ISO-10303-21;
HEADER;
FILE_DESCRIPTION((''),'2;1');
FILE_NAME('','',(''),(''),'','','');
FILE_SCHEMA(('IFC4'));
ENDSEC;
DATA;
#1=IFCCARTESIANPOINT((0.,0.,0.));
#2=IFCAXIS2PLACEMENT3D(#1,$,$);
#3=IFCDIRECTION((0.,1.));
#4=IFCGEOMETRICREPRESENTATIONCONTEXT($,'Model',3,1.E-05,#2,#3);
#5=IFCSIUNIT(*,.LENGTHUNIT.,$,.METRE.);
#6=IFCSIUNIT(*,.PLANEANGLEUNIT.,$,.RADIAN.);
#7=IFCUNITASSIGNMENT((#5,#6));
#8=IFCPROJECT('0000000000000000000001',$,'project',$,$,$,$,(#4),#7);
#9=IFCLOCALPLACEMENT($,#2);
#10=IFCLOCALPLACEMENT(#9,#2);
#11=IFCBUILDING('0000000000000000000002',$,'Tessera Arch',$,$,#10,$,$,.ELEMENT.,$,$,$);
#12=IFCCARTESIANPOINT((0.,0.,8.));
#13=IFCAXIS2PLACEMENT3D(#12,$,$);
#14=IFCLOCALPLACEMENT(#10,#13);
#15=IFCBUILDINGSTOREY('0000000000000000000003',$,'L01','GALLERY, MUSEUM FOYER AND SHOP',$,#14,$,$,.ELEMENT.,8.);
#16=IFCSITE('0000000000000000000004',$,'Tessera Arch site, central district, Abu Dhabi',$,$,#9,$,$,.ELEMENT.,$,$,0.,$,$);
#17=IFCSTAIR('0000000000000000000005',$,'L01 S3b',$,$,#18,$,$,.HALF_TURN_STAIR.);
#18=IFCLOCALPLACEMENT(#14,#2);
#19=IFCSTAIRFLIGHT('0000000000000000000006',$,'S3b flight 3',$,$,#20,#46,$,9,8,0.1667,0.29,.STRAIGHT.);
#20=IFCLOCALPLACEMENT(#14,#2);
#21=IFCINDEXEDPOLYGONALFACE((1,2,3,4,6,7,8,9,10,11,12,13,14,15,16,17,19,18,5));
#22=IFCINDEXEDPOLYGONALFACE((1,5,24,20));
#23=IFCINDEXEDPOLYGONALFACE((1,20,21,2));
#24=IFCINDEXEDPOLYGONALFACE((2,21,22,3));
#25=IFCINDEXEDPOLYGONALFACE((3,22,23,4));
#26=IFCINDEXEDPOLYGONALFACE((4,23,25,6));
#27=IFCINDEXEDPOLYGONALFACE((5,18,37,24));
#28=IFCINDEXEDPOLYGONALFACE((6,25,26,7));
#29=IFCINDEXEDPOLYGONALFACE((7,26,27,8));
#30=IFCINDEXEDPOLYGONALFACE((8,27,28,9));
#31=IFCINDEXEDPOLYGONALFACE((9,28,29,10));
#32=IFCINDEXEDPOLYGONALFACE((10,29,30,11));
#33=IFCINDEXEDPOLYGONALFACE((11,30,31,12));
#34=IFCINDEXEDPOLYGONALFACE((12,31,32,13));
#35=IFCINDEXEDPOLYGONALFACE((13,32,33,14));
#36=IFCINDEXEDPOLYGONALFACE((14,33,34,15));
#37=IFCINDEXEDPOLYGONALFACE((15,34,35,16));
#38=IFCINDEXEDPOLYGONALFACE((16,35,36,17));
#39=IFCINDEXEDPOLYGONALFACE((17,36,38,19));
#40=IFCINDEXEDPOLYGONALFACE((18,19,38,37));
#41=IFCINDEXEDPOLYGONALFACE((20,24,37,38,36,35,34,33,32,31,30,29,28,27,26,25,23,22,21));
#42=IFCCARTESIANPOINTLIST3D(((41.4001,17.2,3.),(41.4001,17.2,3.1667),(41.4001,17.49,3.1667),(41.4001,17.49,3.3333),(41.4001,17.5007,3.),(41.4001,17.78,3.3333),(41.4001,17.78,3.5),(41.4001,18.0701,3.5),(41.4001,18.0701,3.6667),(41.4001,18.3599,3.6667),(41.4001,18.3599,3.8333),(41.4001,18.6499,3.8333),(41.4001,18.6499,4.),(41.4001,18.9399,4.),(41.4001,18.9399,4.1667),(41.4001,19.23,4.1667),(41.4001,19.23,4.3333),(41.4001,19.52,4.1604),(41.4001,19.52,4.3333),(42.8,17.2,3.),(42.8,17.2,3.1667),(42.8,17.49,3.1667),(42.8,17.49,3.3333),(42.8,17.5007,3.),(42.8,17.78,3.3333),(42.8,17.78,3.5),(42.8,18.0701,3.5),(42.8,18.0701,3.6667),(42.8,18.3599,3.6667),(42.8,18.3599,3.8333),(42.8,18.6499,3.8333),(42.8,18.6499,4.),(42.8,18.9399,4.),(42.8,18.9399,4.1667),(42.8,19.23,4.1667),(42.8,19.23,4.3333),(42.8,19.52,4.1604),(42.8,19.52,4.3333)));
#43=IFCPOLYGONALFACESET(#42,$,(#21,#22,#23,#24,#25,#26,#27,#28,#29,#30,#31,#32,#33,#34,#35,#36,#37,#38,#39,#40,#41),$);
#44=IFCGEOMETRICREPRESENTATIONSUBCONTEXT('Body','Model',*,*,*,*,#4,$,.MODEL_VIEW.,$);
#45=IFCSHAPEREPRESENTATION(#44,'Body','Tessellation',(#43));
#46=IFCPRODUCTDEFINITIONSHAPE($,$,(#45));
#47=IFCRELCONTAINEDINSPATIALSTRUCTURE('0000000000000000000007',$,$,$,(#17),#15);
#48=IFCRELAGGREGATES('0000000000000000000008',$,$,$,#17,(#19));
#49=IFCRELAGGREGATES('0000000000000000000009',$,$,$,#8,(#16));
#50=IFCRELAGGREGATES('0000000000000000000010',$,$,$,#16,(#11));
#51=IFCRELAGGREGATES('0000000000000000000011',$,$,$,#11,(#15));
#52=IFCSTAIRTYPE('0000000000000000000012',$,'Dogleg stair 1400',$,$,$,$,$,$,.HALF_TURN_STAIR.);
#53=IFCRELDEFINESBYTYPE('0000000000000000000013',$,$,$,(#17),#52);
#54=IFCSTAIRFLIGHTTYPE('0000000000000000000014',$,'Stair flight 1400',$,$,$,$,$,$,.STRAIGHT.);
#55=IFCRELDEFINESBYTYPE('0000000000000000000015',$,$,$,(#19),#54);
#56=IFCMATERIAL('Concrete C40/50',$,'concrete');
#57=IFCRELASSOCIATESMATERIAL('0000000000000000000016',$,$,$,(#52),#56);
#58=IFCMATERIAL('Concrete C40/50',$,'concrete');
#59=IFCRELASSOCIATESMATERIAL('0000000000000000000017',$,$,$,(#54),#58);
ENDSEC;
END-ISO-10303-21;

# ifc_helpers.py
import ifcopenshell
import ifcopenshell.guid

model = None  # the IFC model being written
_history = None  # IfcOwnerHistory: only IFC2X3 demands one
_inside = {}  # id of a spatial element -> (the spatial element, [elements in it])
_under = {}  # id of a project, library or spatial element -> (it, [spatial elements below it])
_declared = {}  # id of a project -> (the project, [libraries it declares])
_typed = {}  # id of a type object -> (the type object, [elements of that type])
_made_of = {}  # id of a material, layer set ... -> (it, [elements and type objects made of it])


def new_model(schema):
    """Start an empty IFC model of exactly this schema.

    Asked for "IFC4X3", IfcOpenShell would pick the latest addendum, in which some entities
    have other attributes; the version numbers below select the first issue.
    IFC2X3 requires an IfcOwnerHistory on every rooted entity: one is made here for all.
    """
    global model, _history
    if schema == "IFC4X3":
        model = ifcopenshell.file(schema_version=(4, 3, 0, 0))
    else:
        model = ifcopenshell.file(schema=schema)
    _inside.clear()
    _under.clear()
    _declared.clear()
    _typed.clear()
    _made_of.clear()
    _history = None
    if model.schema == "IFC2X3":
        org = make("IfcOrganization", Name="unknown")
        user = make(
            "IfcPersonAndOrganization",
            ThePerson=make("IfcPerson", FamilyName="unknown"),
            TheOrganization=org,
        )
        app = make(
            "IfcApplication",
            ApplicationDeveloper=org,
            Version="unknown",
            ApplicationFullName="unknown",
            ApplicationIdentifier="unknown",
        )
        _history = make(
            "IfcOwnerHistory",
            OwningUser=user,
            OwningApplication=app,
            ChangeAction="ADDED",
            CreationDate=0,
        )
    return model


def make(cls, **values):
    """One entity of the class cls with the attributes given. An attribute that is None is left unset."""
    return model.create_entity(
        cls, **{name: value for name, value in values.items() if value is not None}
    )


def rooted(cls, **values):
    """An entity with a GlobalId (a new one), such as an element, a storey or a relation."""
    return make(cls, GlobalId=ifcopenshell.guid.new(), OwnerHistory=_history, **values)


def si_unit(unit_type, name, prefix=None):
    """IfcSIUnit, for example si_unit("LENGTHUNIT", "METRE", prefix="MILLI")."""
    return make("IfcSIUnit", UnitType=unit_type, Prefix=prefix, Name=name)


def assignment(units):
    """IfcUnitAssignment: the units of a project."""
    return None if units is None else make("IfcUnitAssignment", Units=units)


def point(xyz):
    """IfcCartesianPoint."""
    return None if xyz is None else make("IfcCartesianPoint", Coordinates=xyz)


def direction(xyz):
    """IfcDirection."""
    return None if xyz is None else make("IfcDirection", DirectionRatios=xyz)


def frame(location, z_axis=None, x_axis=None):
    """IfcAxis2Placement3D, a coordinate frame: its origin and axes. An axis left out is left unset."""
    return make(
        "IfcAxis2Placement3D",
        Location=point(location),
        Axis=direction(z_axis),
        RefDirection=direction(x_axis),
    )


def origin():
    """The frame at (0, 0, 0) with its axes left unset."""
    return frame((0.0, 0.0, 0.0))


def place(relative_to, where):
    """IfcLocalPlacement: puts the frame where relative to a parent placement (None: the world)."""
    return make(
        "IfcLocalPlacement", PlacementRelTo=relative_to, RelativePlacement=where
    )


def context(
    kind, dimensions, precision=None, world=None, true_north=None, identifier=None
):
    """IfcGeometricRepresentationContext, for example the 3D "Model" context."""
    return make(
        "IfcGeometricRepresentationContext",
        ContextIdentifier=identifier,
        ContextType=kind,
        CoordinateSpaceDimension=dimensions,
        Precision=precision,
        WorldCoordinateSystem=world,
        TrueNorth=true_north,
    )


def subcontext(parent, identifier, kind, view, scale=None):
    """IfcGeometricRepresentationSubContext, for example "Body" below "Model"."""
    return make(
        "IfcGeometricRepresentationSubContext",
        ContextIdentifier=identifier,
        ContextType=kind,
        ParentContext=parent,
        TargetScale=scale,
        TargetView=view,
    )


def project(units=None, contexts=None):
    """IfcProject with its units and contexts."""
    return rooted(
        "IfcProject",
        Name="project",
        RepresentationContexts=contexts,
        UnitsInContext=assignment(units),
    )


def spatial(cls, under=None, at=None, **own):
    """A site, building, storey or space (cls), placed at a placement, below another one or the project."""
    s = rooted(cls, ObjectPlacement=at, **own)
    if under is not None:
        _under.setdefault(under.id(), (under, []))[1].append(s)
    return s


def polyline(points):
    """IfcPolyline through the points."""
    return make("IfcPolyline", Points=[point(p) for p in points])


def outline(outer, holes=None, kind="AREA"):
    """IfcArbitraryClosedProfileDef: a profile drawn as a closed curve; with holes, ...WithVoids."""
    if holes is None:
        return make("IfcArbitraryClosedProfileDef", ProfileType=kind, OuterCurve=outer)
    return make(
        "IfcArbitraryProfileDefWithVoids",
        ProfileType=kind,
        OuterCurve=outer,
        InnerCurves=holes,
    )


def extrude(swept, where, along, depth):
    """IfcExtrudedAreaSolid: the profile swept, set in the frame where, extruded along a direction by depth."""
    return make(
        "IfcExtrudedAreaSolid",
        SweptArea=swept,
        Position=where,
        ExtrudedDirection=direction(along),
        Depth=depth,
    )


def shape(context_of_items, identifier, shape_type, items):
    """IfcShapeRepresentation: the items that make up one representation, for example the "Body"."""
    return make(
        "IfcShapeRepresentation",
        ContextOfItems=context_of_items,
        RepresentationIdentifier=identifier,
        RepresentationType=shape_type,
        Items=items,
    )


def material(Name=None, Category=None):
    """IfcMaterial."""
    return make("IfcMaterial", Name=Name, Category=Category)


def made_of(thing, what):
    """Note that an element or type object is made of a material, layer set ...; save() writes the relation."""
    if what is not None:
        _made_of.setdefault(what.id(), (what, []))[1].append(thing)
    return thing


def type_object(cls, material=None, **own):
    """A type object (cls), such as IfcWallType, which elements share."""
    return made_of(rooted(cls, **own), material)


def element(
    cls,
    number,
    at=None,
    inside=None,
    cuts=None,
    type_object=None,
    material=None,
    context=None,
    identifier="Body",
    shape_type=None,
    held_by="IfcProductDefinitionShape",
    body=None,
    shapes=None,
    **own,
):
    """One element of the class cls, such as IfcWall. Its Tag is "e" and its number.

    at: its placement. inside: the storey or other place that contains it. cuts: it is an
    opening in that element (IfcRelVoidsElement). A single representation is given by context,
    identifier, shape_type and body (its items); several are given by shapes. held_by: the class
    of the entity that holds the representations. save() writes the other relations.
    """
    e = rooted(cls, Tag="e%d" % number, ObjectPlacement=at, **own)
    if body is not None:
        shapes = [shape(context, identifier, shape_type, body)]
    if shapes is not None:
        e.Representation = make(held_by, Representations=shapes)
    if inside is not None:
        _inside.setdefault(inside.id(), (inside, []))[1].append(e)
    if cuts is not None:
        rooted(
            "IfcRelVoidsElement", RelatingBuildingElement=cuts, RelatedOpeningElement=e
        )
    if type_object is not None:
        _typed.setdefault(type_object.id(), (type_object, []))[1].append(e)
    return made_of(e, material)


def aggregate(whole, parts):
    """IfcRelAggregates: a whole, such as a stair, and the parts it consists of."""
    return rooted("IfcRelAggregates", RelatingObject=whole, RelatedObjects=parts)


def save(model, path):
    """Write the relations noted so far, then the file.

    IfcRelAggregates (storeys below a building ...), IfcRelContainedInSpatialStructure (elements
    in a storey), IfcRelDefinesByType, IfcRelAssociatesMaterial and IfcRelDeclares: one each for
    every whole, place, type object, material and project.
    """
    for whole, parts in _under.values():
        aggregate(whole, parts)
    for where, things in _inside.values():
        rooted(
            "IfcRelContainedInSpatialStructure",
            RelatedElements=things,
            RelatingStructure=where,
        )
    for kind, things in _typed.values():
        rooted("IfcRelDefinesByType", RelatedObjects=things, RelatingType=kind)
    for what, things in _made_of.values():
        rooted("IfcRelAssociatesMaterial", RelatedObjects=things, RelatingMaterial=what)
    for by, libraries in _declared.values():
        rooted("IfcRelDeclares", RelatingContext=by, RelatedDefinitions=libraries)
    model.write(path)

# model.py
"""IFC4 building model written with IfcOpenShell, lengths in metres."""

from ifc_helpers import new_model, si_unit, direction, frame, origin, place, context, subcontext, project, spatial, polyline, outline, extrude, material, type_object, element, aggregate, save


model = new_model("IFC4")

# Units and contexts
model_context = context("Model", 3, precision=1e-05, world=origin(), true_north=direction((0.0, 1.0)))
body_context = subcontext(model_context, "Body", "Model", "MODEL_VIEW")
ifc_project = project(units=[si_unit("LENGTHUNIT", "METRE"), si_unit("PLANEANGLEUNIT", "RADIAN")], contexts=[model_context])

# Site, building, storey
site_placement = place(None, origin())
site = spatial("IfcSite", under=ifc_project, at=site_placement, Name="Tessera Arch site, central district, Abu Dhabi", CompositionType="ELEMENT", RefElevation=0.0)
building_placement = place(site_placement, origin())
building = spatial("IfcBuilding", under=site, at=building_placement, Name="Tessera Arch", CompositionType="ELEMENT")
storey_placement = place(building_placement, frame((0.0, 0.0, 8.0)))
storey = spatial("IfcBuildingStorey", under=building, at=storey_placement, Name="L01", Description="GALLERY, MUSEUM FOYER AND SHOP", CompositionType="ELEMENT", Elevation=8.0)

# Stair, stair flight
ifc_material_1 = material(Name="Concrete C40/50", Category="concrete")
stair_type = type_object("IfcStairType", Name="Dogleg stair 1400", PredefinedType="HALF_TURN_STAIR", material=ifc_material_1)
ifc_material_2 = material(Name="Concrete C40/50", Category="concrete")
stair_flight_type = type_object("IfcStairFlightType", Name="Stair flight 1400", PredefinedType="STRAIGHT", material=ifc_material_2)
stair_1_placement = place(storey_placement, origin())
stair_1 = element("IfcStair", 1, at=stair_1_placement, inside=storey, type_object=stair_type, Name="L01 S3b", PredefinedType="HALF_TURN_STAIR")
stair_flight_1_placement = place(storey_placement, frame((42.1001, 17.2, 3.0), z_axis=(0.0, 0.0, 1.0), x_axis=(0.0, 1.0, 0.0)))
stair_flight_1 = element("IfcStairFlight", 2, at=stair_flight_1_placement, type_object=stair_flight_type, Name="S3b flight 3", NumberOfRisers=9, NumberOfTreads=8, PredefinedType="STRAIGHT", RiserHeight=0.1667, TreadLength=0.29, context=body_context, shape_type="SweptSolid", body=[
    extrude(outline(polyline([(0.0, 0.0), (0.0, 0.1667), (0.29, 0.1667), (0.29, 0.3333), (0.5801, 0.3333), (0.5801, 0.5), (0.8701, 0.5), (0.8701, 0.6667), (1.1599, 0.6667), (1.1599, 0.8333), (1.45, 0.8333), (1.45, 1.0), (1.74, 1.0), (1.74, 1.1667), (2.03, 1.1667), (2.03, 1.3333), (2.3201, 1.3333), (2.3201, 1.5), (2.3201, 1.1604), (0.3008, 0.0), (0.0, 0.0)])), frame((0.0, 0.7, 0.0), z_axis=(0.0, -1.0, 0.0), x_axis=(1.0, 0.0, 0.0)), (0.0, 0.0, 1.0), 1.3999),
])
aggregate(stair_1, [stair_flight_1])

save(model, "model.ifc")
